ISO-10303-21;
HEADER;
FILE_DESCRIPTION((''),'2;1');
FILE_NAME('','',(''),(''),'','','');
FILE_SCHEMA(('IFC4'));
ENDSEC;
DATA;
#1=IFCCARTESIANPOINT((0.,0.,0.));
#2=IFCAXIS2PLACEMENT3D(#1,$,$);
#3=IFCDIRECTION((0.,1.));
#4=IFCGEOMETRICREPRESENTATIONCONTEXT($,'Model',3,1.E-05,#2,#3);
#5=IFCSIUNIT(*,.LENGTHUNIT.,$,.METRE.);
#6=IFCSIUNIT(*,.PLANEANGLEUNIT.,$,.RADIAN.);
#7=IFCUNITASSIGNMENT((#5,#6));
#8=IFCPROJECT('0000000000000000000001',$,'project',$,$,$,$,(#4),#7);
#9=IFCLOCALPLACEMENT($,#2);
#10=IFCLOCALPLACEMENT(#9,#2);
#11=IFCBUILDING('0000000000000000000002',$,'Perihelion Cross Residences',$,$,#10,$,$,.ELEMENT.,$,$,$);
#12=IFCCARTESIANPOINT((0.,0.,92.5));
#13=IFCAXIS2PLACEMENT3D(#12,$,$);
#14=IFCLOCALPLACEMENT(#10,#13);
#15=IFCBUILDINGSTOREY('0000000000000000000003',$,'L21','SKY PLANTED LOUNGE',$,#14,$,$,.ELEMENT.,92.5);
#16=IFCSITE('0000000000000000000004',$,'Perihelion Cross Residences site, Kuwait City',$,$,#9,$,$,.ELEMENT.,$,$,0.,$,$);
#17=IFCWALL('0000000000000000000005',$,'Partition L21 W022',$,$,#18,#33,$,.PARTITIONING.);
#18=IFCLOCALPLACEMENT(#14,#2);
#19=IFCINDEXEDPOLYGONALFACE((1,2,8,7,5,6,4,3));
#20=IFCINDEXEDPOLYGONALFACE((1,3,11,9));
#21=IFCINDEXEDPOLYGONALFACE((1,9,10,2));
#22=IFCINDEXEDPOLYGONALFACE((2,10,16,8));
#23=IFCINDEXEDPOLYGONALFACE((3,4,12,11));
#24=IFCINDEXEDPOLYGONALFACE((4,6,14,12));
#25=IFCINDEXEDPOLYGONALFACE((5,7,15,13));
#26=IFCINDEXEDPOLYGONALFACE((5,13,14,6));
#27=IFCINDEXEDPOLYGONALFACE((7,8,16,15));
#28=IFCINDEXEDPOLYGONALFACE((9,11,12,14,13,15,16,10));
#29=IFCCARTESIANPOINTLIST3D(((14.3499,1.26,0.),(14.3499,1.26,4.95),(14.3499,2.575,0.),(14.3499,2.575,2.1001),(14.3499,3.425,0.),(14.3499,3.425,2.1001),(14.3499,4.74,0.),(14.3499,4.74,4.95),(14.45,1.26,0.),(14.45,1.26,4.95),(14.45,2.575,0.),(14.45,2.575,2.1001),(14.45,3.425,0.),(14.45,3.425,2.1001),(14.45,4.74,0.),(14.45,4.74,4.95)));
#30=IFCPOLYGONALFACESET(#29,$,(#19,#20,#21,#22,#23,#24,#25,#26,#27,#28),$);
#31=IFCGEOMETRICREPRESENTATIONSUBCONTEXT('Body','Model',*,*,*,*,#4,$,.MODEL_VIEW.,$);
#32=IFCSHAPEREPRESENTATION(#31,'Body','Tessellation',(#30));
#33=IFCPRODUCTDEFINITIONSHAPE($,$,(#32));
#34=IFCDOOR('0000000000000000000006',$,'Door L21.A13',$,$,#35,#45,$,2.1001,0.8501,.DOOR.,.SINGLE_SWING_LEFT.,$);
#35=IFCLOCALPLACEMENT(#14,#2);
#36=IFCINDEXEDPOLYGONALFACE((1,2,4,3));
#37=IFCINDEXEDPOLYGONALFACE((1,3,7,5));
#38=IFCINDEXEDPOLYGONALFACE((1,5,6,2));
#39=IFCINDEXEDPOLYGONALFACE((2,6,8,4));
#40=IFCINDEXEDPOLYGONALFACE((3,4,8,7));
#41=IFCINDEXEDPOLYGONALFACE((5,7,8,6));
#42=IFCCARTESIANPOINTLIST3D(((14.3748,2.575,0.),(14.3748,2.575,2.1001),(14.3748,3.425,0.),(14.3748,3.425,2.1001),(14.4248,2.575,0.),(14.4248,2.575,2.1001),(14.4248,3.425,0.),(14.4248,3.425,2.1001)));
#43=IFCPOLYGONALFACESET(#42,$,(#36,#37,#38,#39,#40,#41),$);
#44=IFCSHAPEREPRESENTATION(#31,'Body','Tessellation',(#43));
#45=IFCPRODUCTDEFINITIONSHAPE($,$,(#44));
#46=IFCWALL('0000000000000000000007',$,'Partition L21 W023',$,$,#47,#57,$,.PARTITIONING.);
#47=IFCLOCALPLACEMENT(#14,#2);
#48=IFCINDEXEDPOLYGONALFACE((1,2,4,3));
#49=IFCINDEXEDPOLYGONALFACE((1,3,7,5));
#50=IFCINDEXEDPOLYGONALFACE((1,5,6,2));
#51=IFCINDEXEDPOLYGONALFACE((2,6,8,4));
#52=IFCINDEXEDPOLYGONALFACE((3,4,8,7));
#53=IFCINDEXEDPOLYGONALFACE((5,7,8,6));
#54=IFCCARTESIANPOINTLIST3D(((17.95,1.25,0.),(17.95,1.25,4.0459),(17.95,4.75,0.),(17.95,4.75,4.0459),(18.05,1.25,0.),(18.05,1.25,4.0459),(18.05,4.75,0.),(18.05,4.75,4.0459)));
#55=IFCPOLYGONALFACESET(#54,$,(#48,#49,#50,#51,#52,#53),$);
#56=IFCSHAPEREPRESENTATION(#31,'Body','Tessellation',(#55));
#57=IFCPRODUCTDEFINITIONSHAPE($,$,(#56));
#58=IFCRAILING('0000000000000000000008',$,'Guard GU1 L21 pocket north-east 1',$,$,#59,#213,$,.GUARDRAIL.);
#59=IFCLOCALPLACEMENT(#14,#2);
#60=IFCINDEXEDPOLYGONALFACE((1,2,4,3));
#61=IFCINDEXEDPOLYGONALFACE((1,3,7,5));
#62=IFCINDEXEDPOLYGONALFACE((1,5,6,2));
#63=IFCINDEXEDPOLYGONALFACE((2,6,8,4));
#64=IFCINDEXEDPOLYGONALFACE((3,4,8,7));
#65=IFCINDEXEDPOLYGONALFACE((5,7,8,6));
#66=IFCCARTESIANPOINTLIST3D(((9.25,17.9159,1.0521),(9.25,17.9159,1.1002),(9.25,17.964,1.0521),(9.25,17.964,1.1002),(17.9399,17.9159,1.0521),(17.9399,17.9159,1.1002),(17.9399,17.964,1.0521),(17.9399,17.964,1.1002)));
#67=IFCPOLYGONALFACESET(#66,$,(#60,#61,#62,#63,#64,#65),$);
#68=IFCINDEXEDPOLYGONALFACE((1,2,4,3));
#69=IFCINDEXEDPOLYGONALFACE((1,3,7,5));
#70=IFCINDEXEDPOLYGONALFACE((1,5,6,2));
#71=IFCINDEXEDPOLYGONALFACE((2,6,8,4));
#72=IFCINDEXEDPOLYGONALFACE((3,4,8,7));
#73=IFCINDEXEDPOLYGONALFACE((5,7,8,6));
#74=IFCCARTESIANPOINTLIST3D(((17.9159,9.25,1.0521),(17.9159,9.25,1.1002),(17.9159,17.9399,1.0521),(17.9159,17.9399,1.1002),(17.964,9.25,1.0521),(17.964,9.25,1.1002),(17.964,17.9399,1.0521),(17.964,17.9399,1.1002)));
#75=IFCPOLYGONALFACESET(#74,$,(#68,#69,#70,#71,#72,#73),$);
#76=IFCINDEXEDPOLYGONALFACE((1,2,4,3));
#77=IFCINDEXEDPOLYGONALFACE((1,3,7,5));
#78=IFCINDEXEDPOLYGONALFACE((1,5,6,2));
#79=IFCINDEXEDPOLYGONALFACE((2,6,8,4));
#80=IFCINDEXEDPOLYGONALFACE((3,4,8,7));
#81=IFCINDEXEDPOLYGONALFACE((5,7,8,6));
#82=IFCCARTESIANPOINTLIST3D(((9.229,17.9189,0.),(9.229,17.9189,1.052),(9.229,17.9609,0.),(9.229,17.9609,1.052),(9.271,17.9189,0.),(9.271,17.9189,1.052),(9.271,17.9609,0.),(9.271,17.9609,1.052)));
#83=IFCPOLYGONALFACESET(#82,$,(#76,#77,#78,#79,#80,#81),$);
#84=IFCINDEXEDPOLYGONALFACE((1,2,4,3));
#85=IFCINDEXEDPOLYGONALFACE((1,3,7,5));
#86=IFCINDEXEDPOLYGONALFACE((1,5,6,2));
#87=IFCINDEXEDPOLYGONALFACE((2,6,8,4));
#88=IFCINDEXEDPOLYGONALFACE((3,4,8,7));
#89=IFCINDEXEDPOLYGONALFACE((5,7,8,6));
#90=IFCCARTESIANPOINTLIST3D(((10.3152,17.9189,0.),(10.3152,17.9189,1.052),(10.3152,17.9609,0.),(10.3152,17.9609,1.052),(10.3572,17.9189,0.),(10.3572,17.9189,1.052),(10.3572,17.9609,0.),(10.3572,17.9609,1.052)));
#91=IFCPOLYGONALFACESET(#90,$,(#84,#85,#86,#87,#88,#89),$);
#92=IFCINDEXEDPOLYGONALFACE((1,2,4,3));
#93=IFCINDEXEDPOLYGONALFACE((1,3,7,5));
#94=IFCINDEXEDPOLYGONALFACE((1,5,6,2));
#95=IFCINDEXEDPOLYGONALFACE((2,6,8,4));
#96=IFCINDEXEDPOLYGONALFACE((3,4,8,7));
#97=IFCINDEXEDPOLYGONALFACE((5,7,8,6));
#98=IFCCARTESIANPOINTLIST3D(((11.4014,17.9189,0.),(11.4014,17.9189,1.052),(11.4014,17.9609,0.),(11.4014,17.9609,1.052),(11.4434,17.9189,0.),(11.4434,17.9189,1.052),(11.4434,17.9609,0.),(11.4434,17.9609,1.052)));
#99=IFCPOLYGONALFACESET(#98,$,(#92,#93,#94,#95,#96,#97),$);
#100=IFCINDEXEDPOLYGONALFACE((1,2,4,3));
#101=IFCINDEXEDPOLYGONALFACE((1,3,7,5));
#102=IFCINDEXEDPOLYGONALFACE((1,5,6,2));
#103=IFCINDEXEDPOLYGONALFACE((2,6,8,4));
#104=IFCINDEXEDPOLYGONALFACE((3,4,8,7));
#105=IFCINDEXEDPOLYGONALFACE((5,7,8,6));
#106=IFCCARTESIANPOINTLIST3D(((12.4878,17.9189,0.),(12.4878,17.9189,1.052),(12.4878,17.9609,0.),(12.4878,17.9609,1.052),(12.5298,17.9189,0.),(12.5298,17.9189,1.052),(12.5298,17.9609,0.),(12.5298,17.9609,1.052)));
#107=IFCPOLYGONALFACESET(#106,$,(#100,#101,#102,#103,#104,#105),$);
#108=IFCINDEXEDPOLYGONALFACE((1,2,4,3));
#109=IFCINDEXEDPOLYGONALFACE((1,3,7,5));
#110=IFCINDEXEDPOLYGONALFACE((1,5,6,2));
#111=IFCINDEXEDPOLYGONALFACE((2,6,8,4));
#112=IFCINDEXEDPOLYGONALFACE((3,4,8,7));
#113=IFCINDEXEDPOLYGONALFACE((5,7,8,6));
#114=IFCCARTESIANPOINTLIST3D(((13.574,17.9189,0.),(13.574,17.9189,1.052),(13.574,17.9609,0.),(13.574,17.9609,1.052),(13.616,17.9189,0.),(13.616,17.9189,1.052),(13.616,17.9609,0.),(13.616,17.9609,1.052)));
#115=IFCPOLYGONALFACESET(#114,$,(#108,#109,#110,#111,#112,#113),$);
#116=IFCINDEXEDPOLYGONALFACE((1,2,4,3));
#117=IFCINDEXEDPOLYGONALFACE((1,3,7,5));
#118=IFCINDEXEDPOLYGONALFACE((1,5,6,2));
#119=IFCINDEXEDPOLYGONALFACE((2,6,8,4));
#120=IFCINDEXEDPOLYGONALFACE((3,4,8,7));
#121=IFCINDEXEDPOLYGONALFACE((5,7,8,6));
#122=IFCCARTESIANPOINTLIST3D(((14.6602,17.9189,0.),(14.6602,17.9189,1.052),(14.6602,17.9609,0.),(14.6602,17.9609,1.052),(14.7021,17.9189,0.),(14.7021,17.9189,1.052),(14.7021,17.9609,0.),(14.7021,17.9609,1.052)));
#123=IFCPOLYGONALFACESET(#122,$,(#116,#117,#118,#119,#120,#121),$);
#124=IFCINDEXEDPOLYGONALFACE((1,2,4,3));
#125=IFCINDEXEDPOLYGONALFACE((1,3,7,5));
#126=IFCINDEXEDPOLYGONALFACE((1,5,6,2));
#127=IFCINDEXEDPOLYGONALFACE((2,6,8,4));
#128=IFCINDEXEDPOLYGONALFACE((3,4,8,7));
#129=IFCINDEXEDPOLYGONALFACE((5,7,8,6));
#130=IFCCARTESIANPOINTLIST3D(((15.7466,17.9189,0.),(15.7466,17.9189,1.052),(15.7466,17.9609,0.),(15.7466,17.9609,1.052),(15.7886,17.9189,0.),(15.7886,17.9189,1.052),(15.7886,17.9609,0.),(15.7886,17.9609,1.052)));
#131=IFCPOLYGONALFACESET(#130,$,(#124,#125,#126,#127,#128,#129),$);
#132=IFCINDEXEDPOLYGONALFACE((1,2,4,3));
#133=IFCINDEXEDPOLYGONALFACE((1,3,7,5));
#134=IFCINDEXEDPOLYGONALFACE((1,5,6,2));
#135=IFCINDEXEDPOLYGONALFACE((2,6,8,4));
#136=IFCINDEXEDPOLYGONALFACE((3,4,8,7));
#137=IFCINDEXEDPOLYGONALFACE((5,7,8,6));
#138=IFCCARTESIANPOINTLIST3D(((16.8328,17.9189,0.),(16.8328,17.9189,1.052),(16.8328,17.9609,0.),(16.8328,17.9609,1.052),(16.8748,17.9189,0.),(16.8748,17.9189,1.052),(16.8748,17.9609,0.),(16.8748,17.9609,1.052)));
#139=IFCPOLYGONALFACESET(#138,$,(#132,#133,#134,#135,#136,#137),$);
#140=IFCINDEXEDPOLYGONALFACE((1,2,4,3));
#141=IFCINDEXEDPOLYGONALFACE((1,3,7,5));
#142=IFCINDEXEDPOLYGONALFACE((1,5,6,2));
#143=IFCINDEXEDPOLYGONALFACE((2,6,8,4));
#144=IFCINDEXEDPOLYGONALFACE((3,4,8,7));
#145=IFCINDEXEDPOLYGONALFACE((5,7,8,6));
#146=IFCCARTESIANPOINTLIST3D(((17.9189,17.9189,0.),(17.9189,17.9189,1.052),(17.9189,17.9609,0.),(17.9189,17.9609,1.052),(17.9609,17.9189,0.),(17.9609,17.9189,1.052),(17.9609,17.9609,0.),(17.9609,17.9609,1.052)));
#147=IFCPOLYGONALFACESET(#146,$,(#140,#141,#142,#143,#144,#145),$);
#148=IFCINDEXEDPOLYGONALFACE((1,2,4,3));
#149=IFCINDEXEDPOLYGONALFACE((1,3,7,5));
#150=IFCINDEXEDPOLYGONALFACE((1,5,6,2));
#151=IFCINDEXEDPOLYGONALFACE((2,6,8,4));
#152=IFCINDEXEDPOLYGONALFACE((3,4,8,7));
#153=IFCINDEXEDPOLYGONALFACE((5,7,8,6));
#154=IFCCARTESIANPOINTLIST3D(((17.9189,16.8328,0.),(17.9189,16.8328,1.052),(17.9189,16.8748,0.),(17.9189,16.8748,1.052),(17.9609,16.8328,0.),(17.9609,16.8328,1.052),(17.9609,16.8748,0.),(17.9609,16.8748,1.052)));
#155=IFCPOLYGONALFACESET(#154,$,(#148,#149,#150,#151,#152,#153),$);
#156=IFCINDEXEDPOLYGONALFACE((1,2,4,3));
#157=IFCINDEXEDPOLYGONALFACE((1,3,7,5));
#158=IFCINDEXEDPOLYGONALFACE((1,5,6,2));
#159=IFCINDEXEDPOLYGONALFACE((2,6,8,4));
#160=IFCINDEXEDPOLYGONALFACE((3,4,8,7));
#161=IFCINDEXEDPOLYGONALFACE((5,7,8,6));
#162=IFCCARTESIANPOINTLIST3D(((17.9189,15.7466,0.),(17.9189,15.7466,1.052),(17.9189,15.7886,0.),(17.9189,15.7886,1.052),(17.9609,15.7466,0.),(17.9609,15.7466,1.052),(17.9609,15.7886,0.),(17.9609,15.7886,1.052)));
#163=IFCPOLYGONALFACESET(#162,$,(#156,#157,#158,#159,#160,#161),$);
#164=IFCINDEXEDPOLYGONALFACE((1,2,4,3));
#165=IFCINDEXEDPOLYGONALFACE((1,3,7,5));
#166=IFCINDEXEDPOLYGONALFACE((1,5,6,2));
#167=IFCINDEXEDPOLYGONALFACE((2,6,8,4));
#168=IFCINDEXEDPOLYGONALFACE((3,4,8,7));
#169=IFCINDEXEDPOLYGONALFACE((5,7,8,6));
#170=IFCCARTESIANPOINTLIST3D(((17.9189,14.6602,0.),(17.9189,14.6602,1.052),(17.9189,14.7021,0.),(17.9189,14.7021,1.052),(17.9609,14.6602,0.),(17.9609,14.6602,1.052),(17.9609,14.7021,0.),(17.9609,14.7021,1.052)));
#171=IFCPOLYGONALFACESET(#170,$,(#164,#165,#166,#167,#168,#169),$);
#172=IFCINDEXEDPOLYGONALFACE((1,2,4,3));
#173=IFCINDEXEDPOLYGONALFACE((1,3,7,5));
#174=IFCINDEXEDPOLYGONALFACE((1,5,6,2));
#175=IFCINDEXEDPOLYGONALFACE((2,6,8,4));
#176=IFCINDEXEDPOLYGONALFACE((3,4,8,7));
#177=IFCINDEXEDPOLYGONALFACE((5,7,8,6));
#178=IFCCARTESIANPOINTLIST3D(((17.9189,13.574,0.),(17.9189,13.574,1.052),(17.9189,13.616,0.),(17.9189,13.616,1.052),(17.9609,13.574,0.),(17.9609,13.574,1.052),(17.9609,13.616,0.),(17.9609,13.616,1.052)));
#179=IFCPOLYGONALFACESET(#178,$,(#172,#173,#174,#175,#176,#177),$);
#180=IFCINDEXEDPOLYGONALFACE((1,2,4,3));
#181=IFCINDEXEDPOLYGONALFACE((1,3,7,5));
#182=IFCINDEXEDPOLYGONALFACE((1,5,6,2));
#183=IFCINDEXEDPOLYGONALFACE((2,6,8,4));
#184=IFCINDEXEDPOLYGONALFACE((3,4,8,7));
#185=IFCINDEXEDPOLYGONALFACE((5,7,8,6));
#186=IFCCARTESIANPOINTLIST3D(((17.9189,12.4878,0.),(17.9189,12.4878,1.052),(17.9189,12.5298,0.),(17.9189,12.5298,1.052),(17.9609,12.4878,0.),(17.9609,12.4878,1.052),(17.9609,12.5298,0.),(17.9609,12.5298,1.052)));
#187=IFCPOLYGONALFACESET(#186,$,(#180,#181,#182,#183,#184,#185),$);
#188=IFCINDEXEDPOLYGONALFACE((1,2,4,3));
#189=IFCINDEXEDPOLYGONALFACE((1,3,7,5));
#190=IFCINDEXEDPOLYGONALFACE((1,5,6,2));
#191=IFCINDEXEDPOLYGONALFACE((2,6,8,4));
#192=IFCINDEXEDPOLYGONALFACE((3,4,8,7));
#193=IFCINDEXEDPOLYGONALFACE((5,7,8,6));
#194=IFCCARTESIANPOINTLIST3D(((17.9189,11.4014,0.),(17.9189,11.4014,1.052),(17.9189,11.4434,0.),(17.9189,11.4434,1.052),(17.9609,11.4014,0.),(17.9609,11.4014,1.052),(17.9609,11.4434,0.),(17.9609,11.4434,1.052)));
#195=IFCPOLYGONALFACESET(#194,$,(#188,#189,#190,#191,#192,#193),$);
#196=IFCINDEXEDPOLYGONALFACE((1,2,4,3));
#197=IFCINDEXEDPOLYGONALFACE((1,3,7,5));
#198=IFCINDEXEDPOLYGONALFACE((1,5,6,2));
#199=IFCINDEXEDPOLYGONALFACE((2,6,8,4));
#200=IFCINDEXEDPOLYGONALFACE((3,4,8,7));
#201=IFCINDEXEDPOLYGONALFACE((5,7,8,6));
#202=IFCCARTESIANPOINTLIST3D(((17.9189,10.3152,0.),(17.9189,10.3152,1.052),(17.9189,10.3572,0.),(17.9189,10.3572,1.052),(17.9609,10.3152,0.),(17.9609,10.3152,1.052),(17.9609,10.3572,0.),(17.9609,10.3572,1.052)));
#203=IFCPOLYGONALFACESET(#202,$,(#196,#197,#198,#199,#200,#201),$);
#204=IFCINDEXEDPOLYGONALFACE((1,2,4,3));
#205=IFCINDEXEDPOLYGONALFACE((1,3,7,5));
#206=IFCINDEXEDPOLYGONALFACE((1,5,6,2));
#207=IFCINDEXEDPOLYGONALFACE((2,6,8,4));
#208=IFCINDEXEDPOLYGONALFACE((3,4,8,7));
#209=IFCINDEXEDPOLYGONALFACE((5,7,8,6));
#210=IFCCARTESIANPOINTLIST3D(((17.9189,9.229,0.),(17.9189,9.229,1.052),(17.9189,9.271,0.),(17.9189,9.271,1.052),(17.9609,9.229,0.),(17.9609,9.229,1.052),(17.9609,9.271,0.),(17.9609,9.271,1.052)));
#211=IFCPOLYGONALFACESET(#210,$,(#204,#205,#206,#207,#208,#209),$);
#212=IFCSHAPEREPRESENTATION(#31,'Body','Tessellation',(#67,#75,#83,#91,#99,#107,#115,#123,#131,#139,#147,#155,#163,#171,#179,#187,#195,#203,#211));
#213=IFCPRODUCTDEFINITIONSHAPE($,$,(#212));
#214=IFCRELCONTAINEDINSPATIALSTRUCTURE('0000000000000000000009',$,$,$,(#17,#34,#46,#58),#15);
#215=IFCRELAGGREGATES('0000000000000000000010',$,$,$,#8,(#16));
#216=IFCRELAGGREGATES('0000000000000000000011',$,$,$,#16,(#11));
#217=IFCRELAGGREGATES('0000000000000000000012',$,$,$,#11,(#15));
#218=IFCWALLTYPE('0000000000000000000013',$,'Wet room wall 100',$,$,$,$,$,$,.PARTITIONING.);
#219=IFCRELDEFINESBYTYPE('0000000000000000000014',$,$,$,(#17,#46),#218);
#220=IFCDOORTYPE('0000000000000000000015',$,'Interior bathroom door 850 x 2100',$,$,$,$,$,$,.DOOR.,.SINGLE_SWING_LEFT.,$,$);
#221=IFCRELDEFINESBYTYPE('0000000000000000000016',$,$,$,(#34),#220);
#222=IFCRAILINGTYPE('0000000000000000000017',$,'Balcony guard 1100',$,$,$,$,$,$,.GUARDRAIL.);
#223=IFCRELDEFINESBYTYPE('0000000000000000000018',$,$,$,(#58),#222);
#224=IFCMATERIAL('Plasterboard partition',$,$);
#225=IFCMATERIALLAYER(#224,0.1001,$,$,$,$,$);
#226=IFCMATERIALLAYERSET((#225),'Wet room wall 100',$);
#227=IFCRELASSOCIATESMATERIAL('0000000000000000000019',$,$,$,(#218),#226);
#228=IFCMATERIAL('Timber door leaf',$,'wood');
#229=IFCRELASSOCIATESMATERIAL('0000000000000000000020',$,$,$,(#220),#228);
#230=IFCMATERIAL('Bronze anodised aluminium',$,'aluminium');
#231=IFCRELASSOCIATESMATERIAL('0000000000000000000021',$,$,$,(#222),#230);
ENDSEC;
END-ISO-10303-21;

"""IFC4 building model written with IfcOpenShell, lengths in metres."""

from ifc_helpers import new_model, si_unit, direction, frame, frame_2d, origin, origin_2d, place, context, subcontext, project, spatial, rectangle, extrude, material, layer, layer_set, type_object, element, fill, save


model = new_model("IFC4")

# Units and contexts
model_context = context("Model", 3, precision=1e-05, world=origin(), true_north=direction((0.0, 1.0)))
body_context = subcontext(model_context, "Body", "Model", "MODEL_VIEW")
ifc_project = project(units=[si_unit("LENGTHUNIT", "METRE"), si_unit("PLANEANGLEUNIT", "RADIAN")], contexts=[model_context])

# Site, building, storey
site_placement = place(None, origin())
site = spatial("IfcSite", under=ifc_project, at=site_placement, Name="Perihelion Cross Residences site, Kuwait City", CompositionType="ELEMENT", RefElevation=0.0)
building_placement = place(site_placement, origin())
building = spatial("IfcBuilding", under=site, at=building_placement, Name="Perihelion Cross Residences", CompositionType="ELEMENT")
storey_placement = place(building_placement, frame((0.0, 0.0, 92.5)))
storey = spatial("IfcBuildingStorey", under=building, at=storey_placement, Name="L21", Description="SKY PLANTED LOUNGE", CompositionType="ELEMENT", Elevation=92.5)

# Wall, opening, door
ifc_material_1 = material(Name="Plasterboard partition")
ifc_layer_1 = layer(ifc_material_1, 0.1001)
ifc_layer_set_1 = layer_set([ifc_layer_1], Name="Wet room wall 100")
wall_type_1 = type_object("IfcWallType", Name="Wet room wall 100", PredefinedType="PARTITIONING", material=ifc_layer_set_1)
ifc_material_2 = material(Name="Timber door leaf", Category="wood")
door_type_1 = type_object("IfcDoorType", Name="Interior bathroom door 850 x 2100", OperationType="SINGLE_SWING_LEFT", PredefinedType="DOOR", material=ifc_material_2)
wall_1_placement = place(storey_placement, frame((14.3999, 4.74, 0.0), z_axis=(0.0, 0.0, 1.0), x_axis=(0.0, -1.0, 0.0)))
wall_1 = element("IfcWall", 1, at=wall_1_placement, inside=storey, type_object=wall_type_1, Name="Partition L21 W022", PredefinedType="PARTITIONING", context=body_context, shape_type="SweptSolid", body=[
    extrude(rectangle(XDim=3.48, YDim=0.1001, at=frame_2d((1.74, 0.0))), origin(), (0.0, 0.0, 1.0), 4.95),
])
opening_1_placement = place(wall_1_placement, frame((1.3149, 0.0, 0.0)))
opening_1 = element("IfcOpeningElement", 2, at=opening_1_placement, cuts=wall_1, PredefinedType="OPENING", context=body_context, shape_type="SweptSolid", body=[
    extrude(rectangle(XDim=0.8501, YDim=2.1001, at=frame_2d((0.425, 1.05))), frame((0.0, 0.0601, 0.0), z_axis=(0.0, -1.0, 0.0), x_axis=(1.0, 0.0, 0.0)), (0.0, 0.0, 1.0), 0.1201),
])
door_1_placement = place(opening_1_placement, origin())
door_1 = element("IfcDoor", 3, at=door_1_placement, inside=storey, type_object=door_type_1, Name="Door L21.A13", OperationType="SINGLE_SWING_LEFT", OverallHeight=2.1001, OverallWidth=0.8501, PredefinedType="DOOR", context=body_context, shape_type="SweptSolid", body=[
    extrude(rectangle(XDim=0.8501, YDim=2.1001, at=frame_2d((0.425, 1.05))), frame((0.0, 0.0249, 0.0), z_axis=(0.0, -1.0, 0.0), x_axis=(1.0, 0.0, 0.0)), (0.0, 0.0, 1.0), 0.05),
])
fill(opening_1, door_1)

# Wall
wall_2_placement = place(storey_placement, frame((18.0, 4.75, 0.0), z_axis=(0.0, 0.0, 1.0), x_axis=(0.0, -1.0, 0.0)))
element("IfcWall", 4, at=wall_2_placement, inside=storey, type_object=wall_type_1, Name="Partition L21 W023", PredefinedType="PARTITIONING", context=body_context, shape_type="SweptSolid", body=[
    extrude(rectangle(XDim=3.5, YDim=0.1001, at=frame_2d((1.75, 0.0))), origin(), (0.0, 0.0, 1.0), 4.0459),
])

# Railing
ifc_material_3 = material(Name="Bronze anodised aluminium", Category="aluminium")
railing_type = type_object("IfcRailingType", Name="Balcony guard 1100", PredefinedType="GUARDRAIL", material=ifc_material_3)
railing_placement = place(storey_placement, frame((9.25, 17.9399, 0.0)))
element("IfcRailing", 5, at=railing_placement, inside=storey, type_object=railing_type, Name="Guard GU1 L21 pocket north-east 1", PredefinedType="GUARDRAIL", context=body_context, shape_type="SweptSolid", body=[
    extrude(rectangle(XDim=0.0481, YDim=0.0481, at=origin_2d()), frame((0.0, 0.0, 1.0762), z_axis=(1.0, 0.0, 0.0), x_axis=(0.0, 1.0, 0.0)), (0.0, 0.0, 1.0), 8.6899),
    extrude(rectangle(XDim=0.0481, YDim=0.0481, at=origin_2d()), frame((8.6899, 0.0, 1.0762), z_axis=(0.0, -1.0, 0.0), x_axis=(1.0, 0.0, 0.0)), (0.0, 0.0, 1.0), 8.6899),
    extrude(rectangle(XDim=0.042, YDim=0.042, at=origin_2d()), origin(), (0.0, 0.0, 1.0), 1.052),
    extrude(rectangle(XDim=0.042, YDim=0.042, at=origin_2d()), frame((1.0862, 0.0, 0.0)), (0.0, 0.0, 1.0), 1.052),
    extrude(rectangle(XDim=0.042, YDim=0.042, at=origin_2d()), frame((2.1724, 0.0, 0.0)), (0.0, 0.0, 1.0), 1.052),
    extrude(rectangle(XDim=0.042, YDim=0.042, at=origin_2d()), frame((3.2588, 0.0, 0.0)), (0.0, 0.0, 1.0), 1.052),
    extrude(rectangle(XDim=0.042, YDim=0.042, at=origin_2d()), frame((4.345, 0.0, 0.0)), (0.0, 0.0, 1.0), 1.052),
    extrude(rectangle(XDim=0.042, YDim=0.042, at=origin_2d()), frame((5.4312, 0.0, 0.0)), (0.0, 0.0, 1.0), 1.052),
    extrude(rectangle(XDim=0.042, YDim=0.042, at=origin_2d()), frame((6.5176, 0.0, 0.0)), (0.0, 0.0, 1.0), 1.052),
    extrude(rectangle(XDim=0.042, YDim=0.042, at=origin_2d()), frame((7.6038, 0.0, 0.0)), (0.0, 0.0, 1.0), 1.052),
    extrude(rectangle(XDim=0.042, YDim=0.042, at=origin_2d()), frame((8.6899, 0.0, 0.0)), (0.0, 0.0, 1.0), 1.052),
    extrude(rectangle(XDim=0.042, YDim=0.042, at=origin_2d()), frame((8.6899, -1.0862, 0.0)), (0.0, 0.0, 1.0), 1.052),
    extrude(rectangle(XDim=0.042, YDim=0.042, at=origin_2d()), frame((8.6899, -2.1724, 0.0)), (0.0, 0.0, 1.0), 1.052),
    extrude(rectangle(XDim=0.042, YDim=0.042, at=origin_2d()), frame((8.6899, -3.2588, 0.0)), (0.0, 0.0, 1.0), 1.052),
    extrude(rectangle(XDim=0.042, YDim=0.042, at=origin_2d()), frame((8.6899, -4.345, 0.0)), (0.0, 0.0, 1.0), 1.052),
    extrude(rectangle(XDim=0.042, YDim=0.042, at=origin_2d()), frame((8.6899, -5.4312, 0.0)), (0.0, 0.0, 1.0), 1.052),
    extrude(rectangle(XDim=0.042, YDim=0.042, at=origin_2d()), frame((8.6899, -6.5176, 0.0)), (0.0, 0.0, 1.0), 1.052),
    extrude(rectangle(XDim=0.042, YDim=0.042, at=origin_2d()), frame((8.6899, -7.6038, 0.0)), (0.0, 0.0, 1.0), 1.052),
    extrude(rectangle(XDim=0.042, YDim=0.042, at=origin_2d()), frame((8.6899, -8.6899, 0.0)), (0.0, 0.0, 1.0), 1.052),
])

save(model, "model.ifc")
